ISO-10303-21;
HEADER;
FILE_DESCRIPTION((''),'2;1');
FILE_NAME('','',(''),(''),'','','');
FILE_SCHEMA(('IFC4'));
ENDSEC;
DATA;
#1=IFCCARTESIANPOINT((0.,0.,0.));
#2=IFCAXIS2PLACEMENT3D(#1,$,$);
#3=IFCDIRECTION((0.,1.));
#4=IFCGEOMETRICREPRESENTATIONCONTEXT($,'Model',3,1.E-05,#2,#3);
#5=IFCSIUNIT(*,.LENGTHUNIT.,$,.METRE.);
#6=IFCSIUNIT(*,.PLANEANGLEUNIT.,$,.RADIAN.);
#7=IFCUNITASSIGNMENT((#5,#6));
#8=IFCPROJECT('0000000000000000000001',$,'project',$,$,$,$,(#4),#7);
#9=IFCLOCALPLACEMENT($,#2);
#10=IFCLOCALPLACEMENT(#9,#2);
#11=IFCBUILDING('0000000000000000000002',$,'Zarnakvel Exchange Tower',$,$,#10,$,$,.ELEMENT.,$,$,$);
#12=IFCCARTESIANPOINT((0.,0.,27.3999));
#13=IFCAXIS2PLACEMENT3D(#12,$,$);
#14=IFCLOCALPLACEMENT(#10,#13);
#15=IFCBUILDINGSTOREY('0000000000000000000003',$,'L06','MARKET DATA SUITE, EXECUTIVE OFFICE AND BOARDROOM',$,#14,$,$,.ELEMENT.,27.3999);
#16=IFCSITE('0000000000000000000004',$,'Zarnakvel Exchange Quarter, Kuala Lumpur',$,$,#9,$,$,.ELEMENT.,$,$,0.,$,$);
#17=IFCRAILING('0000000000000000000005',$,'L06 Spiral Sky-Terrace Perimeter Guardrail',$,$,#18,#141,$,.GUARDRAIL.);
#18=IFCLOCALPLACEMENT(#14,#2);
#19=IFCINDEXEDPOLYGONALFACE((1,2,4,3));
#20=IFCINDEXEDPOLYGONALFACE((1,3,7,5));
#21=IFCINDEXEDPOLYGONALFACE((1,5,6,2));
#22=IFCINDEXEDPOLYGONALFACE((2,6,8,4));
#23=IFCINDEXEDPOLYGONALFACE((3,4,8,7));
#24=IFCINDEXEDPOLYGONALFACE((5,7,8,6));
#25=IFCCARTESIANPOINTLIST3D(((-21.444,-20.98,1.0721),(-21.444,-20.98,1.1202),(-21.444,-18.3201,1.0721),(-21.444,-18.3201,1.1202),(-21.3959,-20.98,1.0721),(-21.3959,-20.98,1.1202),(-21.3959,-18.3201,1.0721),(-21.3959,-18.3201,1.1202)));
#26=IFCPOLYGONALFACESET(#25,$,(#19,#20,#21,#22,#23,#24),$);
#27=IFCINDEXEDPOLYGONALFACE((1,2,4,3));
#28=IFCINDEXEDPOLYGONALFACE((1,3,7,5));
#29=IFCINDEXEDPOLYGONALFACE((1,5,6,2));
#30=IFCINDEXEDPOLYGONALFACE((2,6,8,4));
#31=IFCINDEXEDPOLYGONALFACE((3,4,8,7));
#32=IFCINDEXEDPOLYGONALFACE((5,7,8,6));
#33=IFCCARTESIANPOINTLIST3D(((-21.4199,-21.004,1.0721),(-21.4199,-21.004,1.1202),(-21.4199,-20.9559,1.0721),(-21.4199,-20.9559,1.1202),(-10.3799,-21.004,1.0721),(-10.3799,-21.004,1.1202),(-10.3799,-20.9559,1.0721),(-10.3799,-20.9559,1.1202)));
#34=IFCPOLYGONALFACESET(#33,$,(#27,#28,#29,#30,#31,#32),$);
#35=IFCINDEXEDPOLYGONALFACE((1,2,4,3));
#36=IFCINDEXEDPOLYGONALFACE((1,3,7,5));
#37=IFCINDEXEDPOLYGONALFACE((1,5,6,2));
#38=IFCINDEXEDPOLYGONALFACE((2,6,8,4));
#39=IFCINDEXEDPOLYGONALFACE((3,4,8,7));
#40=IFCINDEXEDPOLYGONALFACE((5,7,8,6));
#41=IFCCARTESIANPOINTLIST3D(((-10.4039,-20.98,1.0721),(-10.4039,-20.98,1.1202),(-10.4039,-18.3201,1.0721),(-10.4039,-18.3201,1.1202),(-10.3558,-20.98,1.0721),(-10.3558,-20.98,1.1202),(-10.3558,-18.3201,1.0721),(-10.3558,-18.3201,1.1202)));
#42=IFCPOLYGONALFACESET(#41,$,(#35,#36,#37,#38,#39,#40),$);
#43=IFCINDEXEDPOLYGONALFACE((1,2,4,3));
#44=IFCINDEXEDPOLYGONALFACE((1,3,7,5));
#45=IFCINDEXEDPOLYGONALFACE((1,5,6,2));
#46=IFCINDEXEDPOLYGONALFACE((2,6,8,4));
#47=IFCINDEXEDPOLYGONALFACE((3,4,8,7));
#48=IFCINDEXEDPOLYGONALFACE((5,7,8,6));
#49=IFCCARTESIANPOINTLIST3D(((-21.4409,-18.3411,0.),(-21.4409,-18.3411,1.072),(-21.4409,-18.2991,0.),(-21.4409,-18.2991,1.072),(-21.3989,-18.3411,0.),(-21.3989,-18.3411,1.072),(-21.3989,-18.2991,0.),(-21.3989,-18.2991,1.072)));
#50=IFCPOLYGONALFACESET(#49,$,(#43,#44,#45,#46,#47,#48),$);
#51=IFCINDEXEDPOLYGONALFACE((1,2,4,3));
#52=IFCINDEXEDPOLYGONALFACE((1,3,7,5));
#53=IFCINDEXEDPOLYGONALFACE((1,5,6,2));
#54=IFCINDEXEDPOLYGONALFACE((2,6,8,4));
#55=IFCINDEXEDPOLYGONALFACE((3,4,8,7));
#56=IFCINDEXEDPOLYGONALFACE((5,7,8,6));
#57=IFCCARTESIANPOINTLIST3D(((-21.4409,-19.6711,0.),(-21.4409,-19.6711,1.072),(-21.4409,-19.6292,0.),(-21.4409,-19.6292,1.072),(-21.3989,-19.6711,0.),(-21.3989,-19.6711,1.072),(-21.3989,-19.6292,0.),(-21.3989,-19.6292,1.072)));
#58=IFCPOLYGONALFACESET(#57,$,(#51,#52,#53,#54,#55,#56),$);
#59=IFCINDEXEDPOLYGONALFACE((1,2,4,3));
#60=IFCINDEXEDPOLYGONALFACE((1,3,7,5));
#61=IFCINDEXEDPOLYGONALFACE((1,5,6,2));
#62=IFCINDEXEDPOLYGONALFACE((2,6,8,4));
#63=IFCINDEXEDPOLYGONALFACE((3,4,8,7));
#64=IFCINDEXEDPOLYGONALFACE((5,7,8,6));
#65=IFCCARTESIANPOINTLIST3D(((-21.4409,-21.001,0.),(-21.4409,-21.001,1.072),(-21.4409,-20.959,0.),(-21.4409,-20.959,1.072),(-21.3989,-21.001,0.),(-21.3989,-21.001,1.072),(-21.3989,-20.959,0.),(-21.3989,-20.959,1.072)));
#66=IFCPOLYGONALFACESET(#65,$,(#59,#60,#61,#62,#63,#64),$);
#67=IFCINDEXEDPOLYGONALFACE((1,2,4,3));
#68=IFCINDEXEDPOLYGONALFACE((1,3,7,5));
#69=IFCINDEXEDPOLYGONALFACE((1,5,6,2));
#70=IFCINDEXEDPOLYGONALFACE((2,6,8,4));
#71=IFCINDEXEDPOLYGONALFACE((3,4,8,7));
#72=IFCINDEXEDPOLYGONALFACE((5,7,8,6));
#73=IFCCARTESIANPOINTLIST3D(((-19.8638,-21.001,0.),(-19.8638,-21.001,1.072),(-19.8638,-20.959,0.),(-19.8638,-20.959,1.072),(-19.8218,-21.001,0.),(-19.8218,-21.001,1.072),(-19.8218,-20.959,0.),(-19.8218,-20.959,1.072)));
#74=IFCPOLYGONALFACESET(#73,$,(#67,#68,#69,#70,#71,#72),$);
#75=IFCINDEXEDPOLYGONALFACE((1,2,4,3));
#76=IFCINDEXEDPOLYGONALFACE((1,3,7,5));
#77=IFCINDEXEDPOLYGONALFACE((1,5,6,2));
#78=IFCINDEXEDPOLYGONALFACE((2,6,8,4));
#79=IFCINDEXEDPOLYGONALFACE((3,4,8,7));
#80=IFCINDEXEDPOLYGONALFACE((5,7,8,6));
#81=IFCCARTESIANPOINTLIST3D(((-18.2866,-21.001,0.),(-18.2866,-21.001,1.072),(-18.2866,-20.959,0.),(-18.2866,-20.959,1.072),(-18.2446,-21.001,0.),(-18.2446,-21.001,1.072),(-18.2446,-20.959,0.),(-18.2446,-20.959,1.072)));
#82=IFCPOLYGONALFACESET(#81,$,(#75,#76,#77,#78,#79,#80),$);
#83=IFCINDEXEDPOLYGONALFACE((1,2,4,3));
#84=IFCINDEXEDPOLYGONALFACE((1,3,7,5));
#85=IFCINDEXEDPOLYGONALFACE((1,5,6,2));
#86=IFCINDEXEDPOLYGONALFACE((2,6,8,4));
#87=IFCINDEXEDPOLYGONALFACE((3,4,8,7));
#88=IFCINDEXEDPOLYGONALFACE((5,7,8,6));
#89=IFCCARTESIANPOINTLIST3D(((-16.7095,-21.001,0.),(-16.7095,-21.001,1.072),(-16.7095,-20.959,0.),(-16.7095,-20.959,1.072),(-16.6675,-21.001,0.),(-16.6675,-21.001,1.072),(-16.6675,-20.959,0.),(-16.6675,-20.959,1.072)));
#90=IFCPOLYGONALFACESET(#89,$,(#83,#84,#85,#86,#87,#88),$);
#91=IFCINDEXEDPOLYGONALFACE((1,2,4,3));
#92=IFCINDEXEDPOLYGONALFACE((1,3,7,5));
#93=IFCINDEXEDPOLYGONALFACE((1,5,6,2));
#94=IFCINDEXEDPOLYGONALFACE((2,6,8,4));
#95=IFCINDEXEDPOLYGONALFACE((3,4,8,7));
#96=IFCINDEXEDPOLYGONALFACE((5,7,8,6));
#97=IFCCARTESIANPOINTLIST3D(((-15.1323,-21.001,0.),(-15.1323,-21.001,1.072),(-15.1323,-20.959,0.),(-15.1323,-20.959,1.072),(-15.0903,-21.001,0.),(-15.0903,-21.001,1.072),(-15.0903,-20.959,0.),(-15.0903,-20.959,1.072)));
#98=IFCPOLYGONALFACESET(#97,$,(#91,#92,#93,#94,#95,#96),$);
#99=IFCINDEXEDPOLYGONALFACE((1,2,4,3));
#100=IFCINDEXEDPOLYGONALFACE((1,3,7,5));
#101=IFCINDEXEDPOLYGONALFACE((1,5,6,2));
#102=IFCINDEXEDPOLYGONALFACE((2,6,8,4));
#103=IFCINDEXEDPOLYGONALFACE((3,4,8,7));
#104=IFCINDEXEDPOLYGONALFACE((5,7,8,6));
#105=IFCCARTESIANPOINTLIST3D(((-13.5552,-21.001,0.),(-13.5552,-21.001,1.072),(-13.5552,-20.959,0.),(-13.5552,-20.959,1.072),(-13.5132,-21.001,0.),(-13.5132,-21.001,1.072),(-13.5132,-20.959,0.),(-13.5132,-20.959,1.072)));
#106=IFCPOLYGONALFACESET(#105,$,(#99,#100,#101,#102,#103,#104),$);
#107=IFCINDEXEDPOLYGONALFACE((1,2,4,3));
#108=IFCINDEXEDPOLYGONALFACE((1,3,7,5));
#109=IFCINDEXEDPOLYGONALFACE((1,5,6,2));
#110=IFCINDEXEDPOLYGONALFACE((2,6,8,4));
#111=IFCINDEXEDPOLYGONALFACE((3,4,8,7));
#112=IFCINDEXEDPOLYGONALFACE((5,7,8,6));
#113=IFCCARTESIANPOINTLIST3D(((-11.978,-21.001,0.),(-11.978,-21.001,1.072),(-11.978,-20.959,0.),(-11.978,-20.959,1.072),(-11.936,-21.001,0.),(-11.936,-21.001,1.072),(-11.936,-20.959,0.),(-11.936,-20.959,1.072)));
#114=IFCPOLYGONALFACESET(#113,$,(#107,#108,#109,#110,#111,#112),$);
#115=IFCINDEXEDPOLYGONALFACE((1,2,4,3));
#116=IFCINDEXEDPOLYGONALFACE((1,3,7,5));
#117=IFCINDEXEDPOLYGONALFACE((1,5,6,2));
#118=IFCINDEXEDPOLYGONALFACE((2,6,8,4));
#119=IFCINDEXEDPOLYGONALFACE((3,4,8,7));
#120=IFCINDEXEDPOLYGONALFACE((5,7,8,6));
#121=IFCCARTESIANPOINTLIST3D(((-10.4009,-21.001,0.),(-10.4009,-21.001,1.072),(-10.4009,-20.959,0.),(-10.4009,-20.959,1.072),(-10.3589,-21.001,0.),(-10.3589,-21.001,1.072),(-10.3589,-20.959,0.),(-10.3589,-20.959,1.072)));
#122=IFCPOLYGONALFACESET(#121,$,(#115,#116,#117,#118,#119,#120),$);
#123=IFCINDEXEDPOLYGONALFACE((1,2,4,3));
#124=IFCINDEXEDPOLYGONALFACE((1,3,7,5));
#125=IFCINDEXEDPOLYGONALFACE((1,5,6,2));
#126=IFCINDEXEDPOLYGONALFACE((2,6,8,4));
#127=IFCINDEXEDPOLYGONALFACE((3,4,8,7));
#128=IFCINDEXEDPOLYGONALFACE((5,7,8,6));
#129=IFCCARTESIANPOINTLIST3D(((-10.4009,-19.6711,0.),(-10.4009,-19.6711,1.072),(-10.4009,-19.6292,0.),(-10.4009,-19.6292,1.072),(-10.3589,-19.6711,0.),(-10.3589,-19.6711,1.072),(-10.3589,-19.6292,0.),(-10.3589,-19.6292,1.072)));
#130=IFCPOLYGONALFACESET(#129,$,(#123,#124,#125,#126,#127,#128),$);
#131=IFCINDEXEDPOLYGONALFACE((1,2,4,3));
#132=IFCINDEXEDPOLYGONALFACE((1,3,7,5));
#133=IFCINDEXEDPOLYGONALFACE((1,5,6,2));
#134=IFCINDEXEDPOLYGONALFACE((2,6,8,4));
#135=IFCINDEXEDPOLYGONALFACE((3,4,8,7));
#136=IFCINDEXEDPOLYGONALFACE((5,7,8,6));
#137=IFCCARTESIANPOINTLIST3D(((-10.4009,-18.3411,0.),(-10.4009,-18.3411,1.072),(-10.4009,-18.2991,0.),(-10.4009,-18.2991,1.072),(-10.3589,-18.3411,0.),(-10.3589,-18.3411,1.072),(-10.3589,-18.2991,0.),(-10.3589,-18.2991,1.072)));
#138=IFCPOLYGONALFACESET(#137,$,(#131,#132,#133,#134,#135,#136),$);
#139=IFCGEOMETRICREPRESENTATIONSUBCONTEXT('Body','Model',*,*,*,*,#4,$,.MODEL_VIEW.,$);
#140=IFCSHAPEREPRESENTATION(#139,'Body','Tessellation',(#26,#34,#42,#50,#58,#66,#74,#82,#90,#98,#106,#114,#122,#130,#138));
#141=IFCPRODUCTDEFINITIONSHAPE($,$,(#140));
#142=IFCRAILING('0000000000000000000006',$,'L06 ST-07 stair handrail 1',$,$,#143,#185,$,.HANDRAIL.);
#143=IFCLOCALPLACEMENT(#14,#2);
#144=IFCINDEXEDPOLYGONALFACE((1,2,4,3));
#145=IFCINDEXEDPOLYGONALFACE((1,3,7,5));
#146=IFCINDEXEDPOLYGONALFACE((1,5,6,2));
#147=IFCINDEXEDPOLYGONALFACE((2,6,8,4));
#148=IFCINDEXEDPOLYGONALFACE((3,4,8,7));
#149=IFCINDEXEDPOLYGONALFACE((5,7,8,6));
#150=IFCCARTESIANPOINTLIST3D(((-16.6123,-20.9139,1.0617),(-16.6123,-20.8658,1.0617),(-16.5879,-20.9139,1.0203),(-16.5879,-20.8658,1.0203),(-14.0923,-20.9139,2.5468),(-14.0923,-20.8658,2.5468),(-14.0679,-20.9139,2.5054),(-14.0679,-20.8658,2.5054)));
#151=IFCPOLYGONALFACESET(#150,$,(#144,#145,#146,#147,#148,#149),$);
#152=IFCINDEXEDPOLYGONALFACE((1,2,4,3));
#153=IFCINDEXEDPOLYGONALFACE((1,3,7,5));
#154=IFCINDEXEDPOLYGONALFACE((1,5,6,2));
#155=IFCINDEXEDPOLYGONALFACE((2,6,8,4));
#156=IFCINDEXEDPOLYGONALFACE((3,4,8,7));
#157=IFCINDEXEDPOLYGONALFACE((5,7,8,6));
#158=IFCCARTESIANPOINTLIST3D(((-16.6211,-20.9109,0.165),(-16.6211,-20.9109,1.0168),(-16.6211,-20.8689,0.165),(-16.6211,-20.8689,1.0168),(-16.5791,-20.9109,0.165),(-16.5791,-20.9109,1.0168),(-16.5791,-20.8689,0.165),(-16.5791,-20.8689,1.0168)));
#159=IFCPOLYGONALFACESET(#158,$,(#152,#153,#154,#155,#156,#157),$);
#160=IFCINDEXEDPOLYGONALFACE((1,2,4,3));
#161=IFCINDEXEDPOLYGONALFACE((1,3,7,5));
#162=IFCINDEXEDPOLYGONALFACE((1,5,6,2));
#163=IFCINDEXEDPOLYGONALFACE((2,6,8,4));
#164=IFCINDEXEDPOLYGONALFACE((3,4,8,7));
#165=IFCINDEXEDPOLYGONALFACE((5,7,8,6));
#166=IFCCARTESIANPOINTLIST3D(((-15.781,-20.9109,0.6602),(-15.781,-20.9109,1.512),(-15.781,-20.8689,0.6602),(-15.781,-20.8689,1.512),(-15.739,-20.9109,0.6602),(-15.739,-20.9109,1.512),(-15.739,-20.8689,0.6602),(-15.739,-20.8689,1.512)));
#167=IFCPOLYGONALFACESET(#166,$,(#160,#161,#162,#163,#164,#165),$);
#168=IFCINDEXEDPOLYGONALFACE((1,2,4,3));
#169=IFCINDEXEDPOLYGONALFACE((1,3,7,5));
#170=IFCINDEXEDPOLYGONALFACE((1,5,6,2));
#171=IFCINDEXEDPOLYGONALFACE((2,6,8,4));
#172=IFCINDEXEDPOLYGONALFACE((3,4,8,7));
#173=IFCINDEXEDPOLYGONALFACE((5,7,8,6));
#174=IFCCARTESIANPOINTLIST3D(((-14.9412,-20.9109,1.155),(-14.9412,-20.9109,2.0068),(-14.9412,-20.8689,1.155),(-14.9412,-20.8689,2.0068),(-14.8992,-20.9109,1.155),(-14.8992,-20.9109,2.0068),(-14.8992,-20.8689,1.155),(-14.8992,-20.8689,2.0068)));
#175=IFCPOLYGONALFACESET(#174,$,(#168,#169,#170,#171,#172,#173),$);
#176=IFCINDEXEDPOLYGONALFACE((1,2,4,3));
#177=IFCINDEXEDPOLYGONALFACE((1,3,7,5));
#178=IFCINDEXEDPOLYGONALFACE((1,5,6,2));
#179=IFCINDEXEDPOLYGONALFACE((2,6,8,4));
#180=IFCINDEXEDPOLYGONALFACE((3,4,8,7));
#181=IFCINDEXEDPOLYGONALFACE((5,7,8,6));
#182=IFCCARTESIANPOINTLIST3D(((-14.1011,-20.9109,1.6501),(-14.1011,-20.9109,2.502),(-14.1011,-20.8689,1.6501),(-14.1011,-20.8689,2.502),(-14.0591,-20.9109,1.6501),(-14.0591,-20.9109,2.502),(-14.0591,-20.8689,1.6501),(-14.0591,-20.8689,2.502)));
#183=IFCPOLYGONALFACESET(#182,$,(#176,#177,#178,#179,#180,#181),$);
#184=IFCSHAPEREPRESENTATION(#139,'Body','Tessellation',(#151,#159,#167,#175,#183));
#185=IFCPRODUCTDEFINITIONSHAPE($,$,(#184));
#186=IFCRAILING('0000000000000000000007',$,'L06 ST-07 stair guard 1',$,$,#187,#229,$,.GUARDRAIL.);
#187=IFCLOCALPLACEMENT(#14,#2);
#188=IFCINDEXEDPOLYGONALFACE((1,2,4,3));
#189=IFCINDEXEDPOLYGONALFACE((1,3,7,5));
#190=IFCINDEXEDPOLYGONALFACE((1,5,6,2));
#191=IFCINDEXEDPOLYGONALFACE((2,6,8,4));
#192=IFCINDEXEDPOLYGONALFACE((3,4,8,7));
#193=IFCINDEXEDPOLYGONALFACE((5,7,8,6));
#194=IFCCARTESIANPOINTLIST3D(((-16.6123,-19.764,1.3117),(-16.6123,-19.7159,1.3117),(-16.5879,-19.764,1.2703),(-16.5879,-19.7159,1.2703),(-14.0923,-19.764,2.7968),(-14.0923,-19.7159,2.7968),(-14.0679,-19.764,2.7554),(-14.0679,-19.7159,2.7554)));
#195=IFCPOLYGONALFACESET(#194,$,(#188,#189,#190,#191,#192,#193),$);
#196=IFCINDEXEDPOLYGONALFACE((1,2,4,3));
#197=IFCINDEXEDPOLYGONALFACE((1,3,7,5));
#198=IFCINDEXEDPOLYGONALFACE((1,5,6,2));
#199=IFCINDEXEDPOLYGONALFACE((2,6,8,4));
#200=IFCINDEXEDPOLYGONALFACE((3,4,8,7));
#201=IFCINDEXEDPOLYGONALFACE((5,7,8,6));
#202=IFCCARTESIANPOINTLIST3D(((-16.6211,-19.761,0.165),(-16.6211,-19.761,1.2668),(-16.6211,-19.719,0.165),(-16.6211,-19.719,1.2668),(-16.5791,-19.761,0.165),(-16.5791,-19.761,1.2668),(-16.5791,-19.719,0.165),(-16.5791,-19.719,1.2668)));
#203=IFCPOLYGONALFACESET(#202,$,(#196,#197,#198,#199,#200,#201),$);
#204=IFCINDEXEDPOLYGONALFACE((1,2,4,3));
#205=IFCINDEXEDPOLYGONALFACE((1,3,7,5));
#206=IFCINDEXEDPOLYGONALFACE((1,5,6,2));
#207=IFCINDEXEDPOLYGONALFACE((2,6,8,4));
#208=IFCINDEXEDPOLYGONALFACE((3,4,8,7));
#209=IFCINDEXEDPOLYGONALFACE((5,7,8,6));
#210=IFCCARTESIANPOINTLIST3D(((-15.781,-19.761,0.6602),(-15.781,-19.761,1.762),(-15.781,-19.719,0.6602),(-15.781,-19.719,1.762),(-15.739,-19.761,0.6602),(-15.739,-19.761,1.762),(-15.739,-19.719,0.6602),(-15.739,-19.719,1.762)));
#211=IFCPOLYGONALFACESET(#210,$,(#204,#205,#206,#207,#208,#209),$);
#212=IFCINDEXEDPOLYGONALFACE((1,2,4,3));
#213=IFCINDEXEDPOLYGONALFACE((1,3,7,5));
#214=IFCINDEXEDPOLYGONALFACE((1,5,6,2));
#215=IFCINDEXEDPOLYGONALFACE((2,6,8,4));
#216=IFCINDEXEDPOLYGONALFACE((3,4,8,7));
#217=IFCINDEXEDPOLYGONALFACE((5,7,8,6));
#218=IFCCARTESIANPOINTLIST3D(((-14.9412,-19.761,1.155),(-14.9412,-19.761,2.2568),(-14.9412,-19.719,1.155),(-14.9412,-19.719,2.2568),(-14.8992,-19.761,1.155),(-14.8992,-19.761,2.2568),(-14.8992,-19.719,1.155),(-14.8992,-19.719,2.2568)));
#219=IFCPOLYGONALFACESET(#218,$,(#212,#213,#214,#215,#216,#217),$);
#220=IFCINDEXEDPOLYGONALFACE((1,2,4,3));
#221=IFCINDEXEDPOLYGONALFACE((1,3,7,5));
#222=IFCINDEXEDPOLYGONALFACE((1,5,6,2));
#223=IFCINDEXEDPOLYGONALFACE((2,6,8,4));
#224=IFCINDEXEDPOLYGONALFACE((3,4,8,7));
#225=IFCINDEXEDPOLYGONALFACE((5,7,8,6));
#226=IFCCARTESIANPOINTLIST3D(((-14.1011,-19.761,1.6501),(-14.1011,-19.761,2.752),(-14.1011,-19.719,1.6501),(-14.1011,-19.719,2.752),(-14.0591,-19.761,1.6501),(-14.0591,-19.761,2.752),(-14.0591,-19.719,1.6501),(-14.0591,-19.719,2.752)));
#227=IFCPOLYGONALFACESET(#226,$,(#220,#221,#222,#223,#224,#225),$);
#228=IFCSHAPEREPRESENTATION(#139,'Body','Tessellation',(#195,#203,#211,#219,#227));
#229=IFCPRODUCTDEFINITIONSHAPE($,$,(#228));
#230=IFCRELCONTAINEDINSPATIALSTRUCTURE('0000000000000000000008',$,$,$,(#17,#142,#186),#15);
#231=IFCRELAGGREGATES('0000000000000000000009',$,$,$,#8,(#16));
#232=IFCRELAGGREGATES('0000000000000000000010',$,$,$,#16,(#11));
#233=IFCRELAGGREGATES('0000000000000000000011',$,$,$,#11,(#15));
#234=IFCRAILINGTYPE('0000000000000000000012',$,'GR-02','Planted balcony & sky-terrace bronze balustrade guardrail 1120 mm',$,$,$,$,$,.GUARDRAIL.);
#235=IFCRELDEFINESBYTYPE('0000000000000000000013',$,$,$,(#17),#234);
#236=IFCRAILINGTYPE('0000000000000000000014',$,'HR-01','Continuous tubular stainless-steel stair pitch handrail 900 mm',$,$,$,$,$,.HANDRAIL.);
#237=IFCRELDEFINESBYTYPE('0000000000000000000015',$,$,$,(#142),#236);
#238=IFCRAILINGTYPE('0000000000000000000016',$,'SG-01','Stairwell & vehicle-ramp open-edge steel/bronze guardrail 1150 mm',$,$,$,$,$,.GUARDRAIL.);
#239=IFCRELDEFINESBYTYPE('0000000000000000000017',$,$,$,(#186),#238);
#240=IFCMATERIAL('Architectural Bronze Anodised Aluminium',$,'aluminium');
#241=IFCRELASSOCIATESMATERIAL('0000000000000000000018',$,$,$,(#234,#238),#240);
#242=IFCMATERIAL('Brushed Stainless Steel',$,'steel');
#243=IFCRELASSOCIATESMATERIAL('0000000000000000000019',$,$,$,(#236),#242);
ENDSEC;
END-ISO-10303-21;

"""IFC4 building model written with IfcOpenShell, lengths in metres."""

from ifc_helpers import new_model, si_unit, direction, frame, origin, origin_2d, place, context, subcontext, project, spatial, rectangle, extrude, material, type_object, element, save


model = new_model("IFC4")

# Units and contexts
model_context = context("Model", 3, precision=1e-05, world=origin(), true_north=direction((0.0, 1.0)))
body_context = subcontext(model_context, "Body", "Model", "MODEL_VIEW")
ifc_project = project(units=[si_unit("LENGTHUNIT", "METRE"), si_unit("PLANEANGLEUNIT", "RADIAN")], contexts=[model_context])

# Site, building, storey
site_placement = place(None, origin())
site = spatial("IfcSite", under=ifc_project, at=site_placement, Name="Zarnakvel Exchange Quarter, Kuala Lumpur", CompositionType="ELEMENT", RefElevation=0.0)
building_placement = place(site_placement, origin())
building = spatial("IfcBuilding", under=site, at=building_placement, Name="Zarnakvel Exchange Tower", CompositionType="ELEMENT")
storey_placement = place(building_placement, frame((0.0, 0.0, 27.3999)))
storey = spatial("IfcBuildingStorey", under=building, at=storey_placement, Name="L06", Description="MARKET DATA SUITE, EXECUTIVE OFFICE AND BOARDROOM", CompositionType="ELEMENT", Elevation=27.3999)

# Railings
ifc_material_1 = material(Name="Architectural Bronze Anodised Aluminium", Category="aluminium")
railing_type_1 = type_object("IfcRailingType", Name="GR-02", Description="Planted balcony & sky-terrace bronze balustrade guardrail 1120 mm", PredefinedType="GUARDRAIL", material=ifc_material_1)
railing_1_placement = place(storey_placement, frame((-21.4199, -18.3201, 0.0)))
element("IfcRailing", 1, at=railing_1_placement, inside=storey, type_object=railing_type_1, Name="L06 Spiral Sky-Terrace Perimeter Guardrail", PredefinedType="GUARDRAIL", context=body_context, shape_type="SweptSolid", body=[
    extrude(rectangle(XDim=0.0481, YDim=0.0481, at=origin_2d()), frame((0.0, 0.0, 1.0962), z_axis=(0.0, -1.0, 0.0), x_axis=(1.0, 0.0, 0.0)), (0.0, 0.0, 1.0), 2.6599),
    extrude(rectangle(XDim=0.0481, YDim=0.0481, at=origin_2d()), frame((0.0, -2.6599, 1.0962), z_axis=(1.0, 0.0, 0.0), x_axis=(0.0, 1.0, 0.0)), (0.0, 0.0, 1.0), 11.04),
    extrude(rectangle(XDim=0.0481, YDim=0.0481, at=origin_2d()), frame((11.04, -2.6599, 1.0962), z_axis=(0.0, 1.0, 0.0), x_axis=(-1.0, 0.0, 0.0)), (0.0, 0.0, 1.0), 2.6599),
    extrude(rectangle(XDim=0.042, YDim=0.042, at=origin_2d()), origin(), (0.0, 0.0, 1.0), 1.072),
    extrude(rectangle(XDim=0.042, YDim=0.042, at=origin_2d()), frame((0.0, -1.3301, 0.0)), (0.0, 0.0, 1.0), 1.072),
    extrude(rectangle(XDim=0.042, YDim=0.042, at=origin_2d()), frame((0.0, -2.6599, 0.0)), (0.0, 0.0, 1.0), 1.072),
    extrude(rectangle(XDim=0.042, YDim=0.042, at=origin_2d()), frame((1.5771, -2.6599, 0.0)), (0.0, 0.0, 1.0), 1.072),
    extrude(rectangle(XDim=0.042, YDim=0.042, at=origin_2d()), frame((3.1543, -2.6599, 0.0)), (0.0, 0.0, 1.0), 1.072),
    extrude(rectangle(XDim=0.042, YDim=0.042, at=origin_2d()), frame((4.7314, -2.6599, 0.0)), (0.0, 0.0, 1.0), 1.072),
    extrude(rectangle(XDim=0.042, YDim=0.042, at=origin_2d()), frame((6.3086, -2.6599, 0.0)), (0.0, 0.0, 1.0), 1.072),
    extrude(rectangle(XDim=0.042, YDim=0.042, at=origin_2d()), frame((7.8857, -2.6599, 0.0)), (0.0, 0.0, 1.0), 1.072),
    extrude(rectangle(XDim=0.042, YDim=0.042, at=origin_2d()), frame((9.4629, -2.6599, 0.0)), (0.0, 0.0, 1.0), 1.072),
    extrude(rectangle(XDim=0.042, YDim=0.042, at=origin_2d()), frame((11.04, -2.6599, 0.0)), (0.0, 0.0, 1.0), 1.072),
    extrude(rectangle(XDim=0.042, YDim=0.042, at=origin_2d()), frame((11.04, -1.3301, 0.0)), (0.0, 0.0, 1.0), 1.072),
    extrude(rectangle(XDim=0.042, YDim=0.042, at=origin_2d()), frame((11.04, 0.0, 0.0)), (0.0, 0.0, 1.0), 1.072),
])
ifc_material_2 = material(Name="Brushed Stainless Steel", Category="steel")
railing_type_2 = type_object("IfcRailingType", Name="HR-01", Description="Continuous tubular stainless-steel stair pitch handrail 900 mm", PredefinedType="HANDRAIL", material=ifc_material_2)
railing_2_placement = place(storey_placement, frame((-16.6001, -20.8899, 0.165)))
element("IfcRailing", 2, at=railing_2_placement, inside=storey, type_object=railing_type_2, Name="L06 ST-07 stair handrail 1", PredefinedType="HANDRAIL", context=body_context, shape_type="SweptSolid", body=[
    extrude(rectangle(XDim=0.0481, YDim=0.0481, at=origin_2d()), frame((0.0, 0.0, 0.876), z_axis=(0.861524, 0.0, 0.507717), x_axis=(0.0, 1.0, 0.0)), (0.0, 0.0, 1.0), 2.925),
    extrude(rectangle(XDim=0.042, YDim=0.042, at=origin_2d()), origin(), (0.0, 0.0, 1.0), 0.8518),
    extrude(rectangle(XDim=0.042, YDim=0.042, at=origin_2d()), frame((0.8401, 0.0, 0.4951)), (0.0, 0.0, 1.0), 0.8518),
    extrude(rectangle(XDim=0.042, YDim=0.042, at=origin_2d()), frame((1.6799, 0.0, 0.99)), (0.0, 0.0, 1.0), 0.8518),
    extrude(rectangle(XDim=0.042, YDim=0.042, at=origin_2d()), frame((2.52, 0.0, 1.4851)), (0.0, 0.0, 1.0), 0.8518),
])
railing_type_3 = type_object("IfcRailingType", Name="SG-01", Description="Stairwell & vehicle-ramp open-edge steel/bronze guardrail 1150 mm", PredefinedType="GUARDRAIL", material=ifc_material_1)
railing_3_placement = place(storey_placement, frame((-16.6001, -19.74, 0.165)))
element("IfcRailing", 3, at=railing_3_placement, inside=storey, type_object=railing_type_3, Name="L06 ST-07 stair guard 1", PredefinedType="GUARDRAIL", context=body_context, shape_type="SweptSolid", body=[
    extrude(rectangle(XDim=0.0481, YDim=0.0481, at=origin_2d()), frame((0.0, 0.0, 1.126), z_axis=(0.861524, 0.0, 0.507717), x_axis=(0.0, 1.0, 0.0)), (0.0, 0.0, 1.0), 2.925),
    extrude(rectangle(XDim=0.042, YDim=0.042, at=origin_2d()), origin(), (0.0, 0.0, 1.0), 1.1018),
    extrude(rectangle(XDim=0.042, YDim=0.042, at=origin_2d()), frame((0.8401, 0.0, 0.4951)), (0.0, 0.0, 1.0), 1.1018),
    extrude(rectangle(XDim=0.042, YDim=0.042, at=origin_2d()), frame((1.6799, 0.0, 0.99)), (0.0, 0.0, 1.0), 1.1018),
    extrude(rectangle(XDim=0.042, YDim=0.042, at=origin_2d()), frame((2.52, 0.0, 1.4851)), (0.0, 0.0, 1.0), 1.1018),
])

save(model, "model.ifc")
